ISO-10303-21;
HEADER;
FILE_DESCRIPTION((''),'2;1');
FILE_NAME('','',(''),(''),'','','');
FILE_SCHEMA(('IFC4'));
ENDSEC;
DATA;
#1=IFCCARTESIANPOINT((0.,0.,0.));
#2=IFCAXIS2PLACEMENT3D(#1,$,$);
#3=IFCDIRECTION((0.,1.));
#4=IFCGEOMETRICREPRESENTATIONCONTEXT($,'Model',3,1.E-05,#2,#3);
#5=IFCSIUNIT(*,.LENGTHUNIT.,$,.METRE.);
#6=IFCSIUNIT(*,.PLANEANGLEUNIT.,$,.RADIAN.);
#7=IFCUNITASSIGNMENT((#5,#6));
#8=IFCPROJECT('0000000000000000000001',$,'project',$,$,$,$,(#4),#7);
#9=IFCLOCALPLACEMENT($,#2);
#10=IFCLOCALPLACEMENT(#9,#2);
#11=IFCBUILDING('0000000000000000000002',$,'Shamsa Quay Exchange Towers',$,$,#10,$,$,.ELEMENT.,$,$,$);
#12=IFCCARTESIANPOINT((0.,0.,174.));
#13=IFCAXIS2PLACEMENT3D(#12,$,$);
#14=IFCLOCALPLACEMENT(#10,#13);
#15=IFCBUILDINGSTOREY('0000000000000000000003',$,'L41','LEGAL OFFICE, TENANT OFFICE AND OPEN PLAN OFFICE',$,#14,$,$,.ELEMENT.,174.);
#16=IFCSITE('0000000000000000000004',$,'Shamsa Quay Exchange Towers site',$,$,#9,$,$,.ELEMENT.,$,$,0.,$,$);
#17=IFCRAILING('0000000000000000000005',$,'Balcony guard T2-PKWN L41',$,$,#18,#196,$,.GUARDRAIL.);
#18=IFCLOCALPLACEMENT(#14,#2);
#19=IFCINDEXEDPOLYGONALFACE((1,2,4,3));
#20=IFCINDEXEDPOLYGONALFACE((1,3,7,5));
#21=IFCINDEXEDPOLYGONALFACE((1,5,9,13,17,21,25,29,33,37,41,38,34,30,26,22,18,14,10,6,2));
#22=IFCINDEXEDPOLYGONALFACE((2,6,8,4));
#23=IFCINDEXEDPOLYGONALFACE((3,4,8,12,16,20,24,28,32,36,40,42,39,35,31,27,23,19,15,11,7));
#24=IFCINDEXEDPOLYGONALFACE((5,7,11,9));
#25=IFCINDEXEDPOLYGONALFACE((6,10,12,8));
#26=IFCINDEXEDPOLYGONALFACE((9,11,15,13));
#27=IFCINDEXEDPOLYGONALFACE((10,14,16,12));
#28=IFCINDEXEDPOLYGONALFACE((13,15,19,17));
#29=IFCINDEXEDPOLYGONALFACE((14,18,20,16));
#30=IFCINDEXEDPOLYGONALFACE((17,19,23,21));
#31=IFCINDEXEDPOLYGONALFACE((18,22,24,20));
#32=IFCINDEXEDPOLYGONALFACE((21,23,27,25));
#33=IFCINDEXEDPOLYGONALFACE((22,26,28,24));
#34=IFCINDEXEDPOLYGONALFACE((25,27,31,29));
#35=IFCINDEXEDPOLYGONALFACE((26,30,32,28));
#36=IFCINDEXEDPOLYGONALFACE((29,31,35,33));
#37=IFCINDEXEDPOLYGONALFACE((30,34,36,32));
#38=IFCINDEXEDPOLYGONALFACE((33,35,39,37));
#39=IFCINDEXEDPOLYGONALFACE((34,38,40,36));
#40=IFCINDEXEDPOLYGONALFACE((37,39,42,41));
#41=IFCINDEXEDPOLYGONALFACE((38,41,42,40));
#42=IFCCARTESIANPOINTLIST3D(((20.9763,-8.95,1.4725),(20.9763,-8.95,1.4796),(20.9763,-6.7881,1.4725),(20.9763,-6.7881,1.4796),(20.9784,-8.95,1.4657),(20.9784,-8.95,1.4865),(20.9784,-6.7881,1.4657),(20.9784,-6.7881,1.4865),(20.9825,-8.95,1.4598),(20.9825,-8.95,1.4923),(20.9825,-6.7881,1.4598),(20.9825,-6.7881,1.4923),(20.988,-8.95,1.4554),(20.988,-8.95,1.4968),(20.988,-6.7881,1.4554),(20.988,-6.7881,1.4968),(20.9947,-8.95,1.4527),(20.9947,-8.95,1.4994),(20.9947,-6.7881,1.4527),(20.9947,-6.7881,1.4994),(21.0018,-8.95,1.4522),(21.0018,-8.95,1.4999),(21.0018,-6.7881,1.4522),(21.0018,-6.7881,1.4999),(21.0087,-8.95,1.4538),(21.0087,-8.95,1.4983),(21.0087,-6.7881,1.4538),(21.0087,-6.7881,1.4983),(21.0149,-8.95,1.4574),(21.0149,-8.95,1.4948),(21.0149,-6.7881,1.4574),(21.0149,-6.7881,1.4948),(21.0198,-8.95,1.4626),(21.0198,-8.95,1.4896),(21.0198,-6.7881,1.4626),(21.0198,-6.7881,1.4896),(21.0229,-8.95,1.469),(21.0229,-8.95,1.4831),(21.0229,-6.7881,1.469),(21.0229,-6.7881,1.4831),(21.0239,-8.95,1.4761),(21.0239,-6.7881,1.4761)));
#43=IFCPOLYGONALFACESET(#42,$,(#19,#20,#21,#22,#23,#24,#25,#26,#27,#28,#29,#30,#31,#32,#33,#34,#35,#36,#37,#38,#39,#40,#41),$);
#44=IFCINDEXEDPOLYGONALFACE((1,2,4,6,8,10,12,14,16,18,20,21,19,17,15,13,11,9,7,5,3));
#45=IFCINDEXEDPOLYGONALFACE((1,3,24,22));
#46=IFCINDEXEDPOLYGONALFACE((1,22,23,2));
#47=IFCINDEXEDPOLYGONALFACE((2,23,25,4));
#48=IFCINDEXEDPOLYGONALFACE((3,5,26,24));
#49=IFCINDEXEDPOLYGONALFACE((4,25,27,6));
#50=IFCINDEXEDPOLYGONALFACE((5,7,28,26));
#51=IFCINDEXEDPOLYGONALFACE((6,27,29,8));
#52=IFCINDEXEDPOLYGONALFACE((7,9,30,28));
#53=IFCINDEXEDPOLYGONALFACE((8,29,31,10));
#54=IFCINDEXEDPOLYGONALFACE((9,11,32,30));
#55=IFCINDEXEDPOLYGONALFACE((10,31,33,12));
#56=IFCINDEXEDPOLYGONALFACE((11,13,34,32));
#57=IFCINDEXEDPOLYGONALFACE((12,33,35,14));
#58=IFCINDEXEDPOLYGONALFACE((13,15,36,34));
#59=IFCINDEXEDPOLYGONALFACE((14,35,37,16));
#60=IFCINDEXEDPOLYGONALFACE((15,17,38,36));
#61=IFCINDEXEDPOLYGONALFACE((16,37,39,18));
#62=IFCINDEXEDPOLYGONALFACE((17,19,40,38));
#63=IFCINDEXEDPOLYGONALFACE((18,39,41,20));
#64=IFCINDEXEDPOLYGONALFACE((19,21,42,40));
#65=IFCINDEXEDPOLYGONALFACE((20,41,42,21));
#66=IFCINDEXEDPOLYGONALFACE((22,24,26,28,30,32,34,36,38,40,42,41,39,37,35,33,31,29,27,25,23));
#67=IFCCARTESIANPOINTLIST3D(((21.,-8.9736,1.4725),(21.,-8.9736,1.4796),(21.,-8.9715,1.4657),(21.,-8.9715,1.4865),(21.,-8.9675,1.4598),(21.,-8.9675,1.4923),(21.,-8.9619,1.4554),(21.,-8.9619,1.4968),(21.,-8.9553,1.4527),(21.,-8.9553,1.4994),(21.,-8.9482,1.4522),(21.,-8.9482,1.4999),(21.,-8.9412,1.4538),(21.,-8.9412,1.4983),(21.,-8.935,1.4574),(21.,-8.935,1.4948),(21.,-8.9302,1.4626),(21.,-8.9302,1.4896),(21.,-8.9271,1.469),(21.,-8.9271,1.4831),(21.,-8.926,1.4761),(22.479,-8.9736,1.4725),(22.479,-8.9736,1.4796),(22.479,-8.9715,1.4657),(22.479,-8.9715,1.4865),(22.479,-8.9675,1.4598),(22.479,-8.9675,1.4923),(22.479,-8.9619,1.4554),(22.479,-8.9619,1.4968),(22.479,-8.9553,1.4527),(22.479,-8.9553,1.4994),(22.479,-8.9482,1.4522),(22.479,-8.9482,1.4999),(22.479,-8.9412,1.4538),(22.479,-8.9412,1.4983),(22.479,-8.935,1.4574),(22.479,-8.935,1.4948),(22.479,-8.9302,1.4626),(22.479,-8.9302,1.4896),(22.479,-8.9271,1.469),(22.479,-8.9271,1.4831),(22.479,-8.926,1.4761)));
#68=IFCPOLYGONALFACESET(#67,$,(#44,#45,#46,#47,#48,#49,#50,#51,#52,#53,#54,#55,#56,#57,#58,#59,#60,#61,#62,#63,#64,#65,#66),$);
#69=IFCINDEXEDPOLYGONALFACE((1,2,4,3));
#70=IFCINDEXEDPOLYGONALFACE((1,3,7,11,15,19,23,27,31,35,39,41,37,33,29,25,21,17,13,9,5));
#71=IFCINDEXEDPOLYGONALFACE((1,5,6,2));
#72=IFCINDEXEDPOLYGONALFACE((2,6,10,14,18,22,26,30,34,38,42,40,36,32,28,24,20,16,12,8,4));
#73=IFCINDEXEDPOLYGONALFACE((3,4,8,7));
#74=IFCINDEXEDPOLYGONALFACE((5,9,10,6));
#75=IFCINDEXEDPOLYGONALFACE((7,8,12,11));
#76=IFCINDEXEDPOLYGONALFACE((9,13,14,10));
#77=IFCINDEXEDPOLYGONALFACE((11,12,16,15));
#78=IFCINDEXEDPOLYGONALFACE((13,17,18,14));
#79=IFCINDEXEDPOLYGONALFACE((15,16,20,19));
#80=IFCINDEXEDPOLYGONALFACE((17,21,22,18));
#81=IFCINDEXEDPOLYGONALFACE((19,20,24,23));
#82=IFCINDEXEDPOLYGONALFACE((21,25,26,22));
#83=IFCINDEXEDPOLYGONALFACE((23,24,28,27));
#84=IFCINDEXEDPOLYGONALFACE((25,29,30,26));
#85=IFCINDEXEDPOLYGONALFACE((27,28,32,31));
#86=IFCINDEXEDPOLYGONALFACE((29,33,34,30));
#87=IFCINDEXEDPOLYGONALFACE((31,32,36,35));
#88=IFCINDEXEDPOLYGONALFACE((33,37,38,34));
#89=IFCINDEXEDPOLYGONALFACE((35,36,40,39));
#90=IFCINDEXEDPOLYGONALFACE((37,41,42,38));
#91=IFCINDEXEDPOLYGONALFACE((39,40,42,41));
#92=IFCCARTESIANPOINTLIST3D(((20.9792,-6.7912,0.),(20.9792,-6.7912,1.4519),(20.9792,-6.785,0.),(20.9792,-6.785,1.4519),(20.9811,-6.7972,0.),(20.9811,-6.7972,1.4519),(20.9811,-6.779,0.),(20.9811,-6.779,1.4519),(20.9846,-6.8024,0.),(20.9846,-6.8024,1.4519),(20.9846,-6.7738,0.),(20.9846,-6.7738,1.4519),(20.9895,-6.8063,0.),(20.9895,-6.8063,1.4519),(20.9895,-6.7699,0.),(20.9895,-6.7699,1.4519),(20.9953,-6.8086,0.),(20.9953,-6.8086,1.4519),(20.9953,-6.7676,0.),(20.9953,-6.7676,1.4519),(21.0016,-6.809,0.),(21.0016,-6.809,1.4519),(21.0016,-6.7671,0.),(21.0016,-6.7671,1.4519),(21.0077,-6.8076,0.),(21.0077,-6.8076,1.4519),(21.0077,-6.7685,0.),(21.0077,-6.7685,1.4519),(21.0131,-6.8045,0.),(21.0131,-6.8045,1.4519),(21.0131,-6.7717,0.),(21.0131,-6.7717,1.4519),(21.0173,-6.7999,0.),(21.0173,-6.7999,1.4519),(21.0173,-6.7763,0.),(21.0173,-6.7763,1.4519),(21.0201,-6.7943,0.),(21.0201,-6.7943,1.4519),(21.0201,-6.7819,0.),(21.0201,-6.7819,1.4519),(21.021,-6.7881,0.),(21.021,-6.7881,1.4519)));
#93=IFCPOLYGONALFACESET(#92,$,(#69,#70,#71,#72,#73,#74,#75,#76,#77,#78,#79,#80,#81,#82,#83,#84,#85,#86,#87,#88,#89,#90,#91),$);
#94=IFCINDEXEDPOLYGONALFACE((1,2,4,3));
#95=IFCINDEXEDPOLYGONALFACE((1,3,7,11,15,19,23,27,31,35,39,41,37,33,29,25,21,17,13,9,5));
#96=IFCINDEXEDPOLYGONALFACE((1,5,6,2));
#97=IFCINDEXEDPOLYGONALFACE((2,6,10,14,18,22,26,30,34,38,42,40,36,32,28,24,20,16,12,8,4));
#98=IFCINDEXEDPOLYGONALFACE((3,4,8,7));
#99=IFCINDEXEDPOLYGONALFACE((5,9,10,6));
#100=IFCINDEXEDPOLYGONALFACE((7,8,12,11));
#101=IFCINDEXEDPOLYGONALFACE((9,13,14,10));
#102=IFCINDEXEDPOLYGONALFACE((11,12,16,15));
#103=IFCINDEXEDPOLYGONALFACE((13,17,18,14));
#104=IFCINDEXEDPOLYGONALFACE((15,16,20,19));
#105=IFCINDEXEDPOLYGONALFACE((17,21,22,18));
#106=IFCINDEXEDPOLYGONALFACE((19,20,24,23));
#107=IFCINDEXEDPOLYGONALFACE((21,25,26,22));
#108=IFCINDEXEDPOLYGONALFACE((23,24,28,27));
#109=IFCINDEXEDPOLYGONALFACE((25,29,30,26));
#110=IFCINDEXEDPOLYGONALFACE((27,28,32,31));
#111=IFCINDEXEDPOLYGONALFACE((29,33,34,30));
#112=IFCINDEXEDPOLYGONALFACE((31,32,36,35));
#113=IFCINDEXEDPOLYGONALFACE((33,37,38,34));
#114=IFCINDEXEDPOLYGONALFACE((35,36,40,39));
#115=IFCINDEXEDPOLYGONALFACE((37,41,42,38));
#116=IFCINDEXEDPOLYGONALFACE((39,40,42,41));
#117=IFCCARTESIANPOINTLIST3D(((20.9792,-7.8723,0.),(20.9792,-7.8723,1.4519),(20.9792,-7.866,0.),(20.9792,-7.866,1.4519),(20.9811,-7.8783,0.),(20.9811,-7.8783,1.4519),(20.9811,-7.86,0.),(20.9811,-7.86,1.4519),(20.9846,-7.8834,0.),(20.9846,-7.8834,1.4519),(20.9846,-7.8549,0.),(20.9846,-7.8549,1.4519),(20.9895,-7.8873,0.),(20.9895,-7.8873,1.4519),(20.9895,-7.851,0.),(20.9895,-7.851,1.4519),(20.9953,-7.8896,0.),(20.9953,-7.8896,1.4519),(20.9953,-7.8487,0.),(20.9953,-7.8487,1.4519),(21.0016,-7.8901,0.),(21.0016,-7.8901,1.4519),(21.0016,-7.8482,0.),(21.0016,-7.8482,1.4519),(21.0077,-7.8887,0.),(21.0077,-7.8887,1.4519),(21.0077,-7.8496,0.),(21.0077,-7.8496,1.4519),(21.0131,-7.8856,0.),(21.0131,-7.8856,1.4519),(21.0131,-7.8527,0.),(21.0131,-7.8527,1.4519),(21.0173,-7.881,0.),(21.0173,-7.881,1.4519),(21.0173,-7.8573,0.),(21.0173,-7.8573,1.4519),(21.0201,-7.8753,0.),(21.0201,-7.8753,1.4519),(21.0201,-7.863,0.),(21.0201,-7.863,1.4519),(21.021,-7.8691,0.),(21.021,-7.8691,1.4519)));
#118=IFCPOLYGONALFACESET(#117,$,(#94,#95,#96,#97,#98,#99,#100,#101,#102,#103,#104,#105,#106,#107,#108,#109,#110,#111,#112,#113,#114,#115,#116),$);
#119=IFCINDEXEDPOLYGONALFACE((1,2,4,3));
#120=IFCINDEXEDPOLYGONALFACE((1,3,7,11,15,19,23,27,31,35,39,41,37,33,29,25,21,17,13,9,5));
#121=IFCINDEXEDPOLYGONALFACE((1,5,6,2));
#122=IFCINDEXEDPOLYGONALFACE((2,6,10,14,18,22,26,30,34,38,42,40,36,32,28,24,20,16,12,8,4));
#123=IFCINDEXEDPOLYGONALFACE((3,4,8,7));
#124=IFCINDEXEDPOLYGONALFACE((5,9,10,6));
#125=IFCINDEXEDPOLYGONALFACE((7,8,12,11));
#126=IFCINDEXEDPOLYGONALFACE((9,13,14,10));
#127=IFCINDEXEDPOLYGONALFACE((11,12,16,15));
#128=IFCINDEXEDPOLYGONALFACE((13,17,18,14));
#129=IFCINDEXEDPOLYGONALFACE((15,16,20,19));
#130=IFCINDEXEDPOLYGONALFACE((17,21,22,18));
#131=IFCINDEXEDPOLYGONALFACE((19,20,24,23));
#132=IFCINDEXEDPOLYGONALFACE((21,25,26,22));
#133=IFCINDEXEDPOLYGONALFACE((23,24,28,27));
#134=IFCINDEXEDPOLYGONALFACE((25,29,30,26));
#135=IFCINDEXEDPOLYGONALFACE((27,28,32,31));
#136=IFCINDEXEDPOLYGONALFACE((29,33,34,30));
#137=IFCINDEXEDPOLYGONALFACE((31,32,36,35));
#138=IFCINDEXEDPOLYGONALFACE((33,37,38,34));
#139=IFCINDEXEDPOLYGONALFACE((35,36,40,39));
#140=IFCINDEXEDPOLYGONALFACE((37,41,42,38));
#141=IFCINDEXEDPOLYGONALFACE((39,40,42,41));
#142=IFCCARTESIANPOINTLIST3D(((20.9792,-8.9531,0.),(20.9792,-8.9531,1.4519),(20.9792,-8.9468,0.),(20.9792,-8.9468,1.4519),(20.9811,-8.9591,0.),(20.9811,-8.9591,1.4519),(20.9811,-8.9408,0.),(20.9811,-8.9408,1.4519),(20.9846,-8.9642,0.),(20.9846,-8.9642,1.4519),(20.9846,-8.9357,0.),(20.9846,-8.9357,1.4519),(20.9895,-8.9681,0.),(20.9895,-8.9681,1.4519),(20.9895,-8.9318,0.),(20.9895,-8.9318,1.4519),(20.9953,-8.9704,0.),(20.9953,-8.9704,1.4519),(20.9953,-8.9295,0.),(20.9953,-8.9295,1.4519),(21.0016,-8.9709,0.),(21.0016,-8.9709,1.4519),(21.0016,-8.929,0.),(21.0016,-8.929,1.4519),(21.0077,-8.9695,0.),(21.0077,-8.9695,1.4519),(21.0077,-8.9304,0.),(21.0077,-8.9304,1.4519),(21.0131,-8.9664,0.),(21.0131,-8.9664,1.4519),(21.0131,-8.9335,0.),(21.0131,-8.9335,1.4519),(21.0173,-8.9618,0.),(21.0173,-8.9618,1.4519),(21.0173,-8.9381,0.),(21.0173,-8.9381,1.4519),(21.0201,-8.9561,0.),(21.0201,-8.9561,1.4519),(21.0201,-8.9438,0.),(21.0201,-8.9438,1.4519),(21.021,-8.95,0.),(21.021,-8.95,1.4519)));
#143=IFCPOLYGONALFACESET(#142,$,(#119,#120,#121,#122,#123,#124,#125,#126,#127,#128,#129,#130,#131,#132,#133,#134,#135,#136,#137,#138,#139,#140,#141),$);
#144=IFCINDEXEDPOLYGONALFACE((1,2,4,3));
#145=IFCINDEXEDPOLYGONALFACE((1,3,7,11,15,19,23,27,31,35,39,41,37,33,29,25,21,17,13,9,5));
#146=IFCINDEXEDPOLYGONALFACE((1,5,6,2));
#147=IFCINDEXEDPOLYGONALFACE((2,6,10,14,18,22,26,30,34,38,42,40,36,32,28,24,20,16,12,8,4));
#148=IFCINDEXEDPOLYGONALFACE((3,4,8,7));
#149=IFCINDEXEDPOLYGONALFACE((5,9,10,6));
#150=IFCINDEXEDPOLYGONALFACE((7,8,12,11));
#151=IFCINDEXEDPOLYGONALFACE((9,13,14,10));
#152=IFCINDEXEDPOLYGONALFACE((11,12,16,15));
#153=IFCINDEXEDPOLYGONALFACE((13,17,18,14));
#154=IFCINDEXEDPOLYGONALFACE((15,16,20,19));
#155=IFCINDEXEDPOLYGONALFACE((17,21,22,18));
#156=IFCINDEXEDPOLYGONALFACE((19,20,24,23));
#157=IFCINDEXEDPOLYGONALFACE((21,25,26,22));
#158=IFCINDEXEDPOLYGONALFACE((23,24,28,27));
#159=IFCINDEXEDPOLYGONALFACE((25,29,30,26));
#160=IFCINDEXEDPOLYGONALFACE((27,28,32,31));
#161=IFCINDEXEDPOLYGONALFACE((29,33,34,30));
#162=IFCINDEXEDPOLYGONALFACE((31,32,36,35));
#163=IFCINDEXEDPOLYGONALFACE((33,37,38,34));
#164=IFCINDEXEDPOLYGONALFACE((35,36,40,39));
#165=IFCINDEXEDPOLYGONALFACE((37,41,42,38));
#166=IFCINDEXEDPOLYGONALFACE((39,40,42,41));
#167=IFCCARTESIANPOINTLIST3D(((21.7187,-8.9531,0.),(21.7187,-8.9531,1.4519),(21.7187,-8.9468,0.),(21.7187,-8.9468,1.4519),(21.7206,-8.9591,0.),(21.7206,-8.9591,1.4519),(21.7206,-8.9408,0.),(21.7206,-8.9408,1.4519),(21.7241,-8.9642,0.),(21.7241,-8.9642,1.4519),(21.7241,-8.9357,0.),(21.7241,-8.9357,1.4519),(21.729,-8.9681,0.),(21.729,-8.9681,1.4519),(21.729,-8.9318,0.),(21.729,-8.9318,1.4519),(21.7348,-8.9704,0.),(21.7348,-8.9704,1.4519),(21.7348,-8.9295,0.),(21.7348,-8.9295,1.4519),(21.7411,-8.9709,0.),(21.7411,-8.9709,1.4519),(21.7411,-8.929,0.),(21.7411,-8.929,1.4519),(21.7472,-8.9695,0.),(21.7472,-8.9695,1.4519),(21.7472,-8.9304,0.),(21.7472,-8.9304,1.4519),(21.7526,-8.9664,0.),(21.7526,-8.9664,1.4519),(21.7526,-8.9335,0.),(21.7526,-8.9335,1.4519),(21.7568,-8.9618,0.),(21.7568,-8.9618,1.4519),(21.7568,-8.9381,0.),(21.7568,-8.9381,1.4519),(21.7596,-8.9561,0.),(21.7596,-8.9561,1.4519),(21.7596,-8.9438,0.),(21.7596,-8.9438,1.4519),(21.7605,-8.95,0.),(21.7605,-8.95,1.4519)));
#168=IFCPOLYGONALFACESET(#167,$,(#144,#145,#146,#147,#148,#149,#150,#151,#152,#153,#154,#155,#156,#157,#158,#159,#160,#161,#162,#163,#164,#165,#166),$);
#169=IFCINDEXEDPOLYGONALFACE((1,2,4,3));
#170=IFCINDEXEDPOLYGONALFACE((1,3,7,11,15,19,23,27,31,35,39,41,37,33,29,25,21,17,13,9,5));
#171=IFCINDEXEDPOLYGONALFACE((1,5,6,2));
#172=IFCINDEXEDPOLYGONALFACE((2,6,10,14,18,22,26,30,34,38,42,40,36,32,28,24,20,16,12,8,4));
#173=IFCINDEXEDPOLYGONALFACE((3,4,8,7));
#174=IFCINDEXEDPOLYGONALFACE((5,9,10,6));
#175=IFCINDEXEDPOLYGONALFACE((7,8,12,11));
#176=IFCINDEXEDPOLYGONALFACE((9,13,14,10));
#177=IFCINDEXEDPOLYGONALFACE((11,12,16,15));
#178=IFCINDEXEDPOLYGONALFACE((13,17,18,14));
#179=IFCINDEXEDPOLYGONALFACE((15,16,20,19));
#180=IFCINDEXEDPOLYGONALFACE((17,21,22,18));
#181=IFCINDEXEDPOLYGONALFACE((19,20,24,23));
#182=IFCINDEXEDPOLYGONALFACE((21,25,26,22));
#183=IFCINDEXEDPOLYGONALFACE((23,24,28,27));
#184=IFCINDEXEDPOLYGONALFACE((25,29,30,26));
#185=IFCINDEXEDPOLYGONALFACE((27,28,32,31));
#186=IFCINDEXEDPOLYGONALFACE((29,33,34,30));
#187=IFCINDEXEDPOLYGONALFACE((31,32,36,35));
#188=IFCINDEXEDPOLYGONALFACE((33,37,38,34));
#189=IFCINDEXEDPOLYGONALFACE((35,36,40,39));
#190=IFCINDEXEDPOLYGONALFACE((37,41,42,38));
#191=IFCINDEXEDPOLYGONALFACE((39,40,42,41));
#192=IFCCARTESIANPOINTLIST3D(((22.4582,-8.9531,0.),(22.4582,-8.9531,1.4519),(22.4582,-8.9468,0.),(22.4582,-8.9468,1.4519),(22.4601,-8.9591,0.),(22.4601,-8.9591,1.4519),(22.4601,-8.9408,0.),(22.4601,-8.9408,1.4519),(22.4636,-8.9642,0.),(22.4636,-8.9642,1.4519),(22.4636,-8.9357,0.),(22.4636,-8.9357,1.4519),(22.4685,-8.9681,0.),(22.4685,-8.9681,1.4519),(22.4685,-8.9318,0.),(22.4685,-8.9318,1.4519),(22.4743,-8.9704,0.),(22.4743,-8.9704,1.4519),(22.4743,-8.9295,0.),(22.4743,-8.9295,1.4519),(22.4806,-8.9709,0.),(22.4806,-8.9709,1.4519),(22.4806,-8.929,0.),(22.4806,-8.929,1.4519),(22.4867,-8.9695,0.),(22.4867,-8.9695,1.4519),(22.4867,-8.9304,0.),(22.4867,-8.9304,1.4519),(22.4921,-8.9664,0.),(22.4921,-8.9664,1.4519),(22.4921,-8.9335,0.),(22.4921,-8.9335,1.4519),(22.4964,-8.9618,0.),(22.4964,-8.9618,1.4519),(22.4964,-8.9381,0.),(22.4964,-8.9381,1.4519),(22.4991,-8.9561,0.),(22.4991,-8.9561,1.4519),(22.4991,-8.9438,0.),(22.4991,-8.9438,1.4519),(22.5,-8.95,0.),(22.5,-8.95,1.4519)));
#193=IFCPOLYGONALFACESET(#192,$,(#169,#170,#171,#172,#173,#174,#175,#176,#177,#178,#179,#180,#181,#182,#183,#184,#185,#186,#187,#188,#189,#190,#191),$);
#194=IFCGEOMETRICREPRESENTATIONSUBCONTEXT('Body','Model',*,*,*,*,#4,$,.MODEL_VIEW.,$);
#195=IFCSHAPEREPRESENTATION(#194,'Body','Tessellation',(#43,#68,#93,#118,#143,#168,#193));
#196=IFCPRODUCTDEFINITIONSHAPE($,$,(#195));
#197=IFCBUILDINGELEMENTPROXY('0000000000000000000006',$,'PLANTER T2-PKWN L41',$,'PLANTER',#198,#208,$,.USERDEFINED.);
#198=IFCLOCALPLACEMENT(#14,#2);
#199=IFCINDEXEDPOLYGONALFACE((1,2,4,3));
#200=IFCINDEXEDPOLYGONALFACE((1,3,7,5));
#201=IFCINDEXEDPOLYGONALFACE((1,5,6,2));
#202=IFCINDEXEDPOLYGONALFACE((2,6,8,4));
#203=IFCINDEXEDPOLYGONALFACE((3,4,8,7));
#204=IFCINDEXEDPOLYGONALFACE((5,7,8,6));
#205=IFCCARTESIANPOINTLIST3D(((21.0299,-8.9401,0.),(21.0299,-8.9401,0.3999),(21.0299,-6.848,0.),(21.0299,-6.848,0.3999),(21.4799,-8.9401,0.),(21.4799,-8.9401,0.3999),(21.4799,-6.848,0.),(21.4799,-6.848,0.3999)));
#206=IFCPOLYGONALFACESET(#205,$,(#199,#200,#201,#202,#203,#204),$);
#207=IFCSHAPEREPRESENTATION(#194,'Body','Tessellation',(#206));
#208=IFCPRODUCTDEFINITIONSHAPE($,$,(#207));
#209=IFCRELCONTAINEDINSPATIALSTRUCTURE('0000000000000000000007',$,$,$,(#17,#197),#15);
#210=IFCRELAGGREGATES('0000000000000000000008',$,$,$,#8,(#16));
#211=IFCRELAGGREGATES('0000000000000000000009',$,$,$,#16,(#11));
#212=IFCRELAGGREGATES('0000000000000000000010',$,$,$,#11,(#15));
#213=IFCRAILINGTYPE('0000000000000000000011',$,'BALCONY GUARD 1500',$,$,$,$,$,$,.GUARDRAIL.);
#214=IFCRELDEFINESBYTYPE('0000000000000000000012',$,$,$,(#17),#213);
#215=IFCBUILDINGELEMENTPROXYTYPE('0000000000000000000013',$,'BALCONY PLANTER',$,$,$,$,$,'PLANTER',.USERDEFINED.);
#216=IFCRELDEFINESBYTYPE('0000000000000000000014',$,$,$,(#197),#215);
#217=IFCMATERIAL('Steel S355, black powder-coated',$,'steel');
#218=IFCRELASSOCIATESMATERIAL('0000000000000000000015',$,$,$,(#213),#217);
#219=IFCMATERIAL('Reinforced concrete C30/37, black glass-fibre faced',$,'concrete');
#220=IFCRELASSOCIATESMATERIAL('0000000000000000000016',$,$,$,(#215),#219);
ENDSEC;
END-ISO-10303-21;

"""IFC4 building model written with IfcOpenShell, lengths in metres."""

from ifc_helpers import new_model, si_unit, direction, frame, origin, origin_2d, place, context, subcontext, project, spatial, rectangle, circle, extrude, material, type_object, element, save


model = new_model("IFC4")

# Units and contexts
model_context = context("Model", 3, precision=1e-05, world=origin(), true_north=direction((0.0, 1.0)))
body_context = subcontext(model_context, "Body", "Model", "MODEL_VIEW")
ifc_project = project(units=[si_unit("LENGTHUNIT", "METRE"), si_unit("PLANEANGLEUNIT", "RADIAN")], contexts=[model_context])

# Site, building, storey
site_placement = place(None, origin())
site = spatial("IfcSite", under=ifc_project, at=site_placement, Name="Shamsa Quay Exchange Towers site", CompositionType="ELEMENT", RefElevation=0.0)
building_placement = place(site_placement, origin())
building = spatial("IfcBuilding", under=site, at=building_placement, Name="Shamsa Quay Exchange Towers", CompositionType="ELEMENT")
storey_placement = place(building_placement, frame((0.0, 0.0, 174.0)))
storey = spatial("IfcBuildingStorey", under=building, at=storey_placement, Name="L41", Description="LEGAL OFFICE, TENANT OFFICE AND OPEN PLAN OFFICE", CompositionType="ELEMENT", Elevation=174.0)

# Railing
ifc_material_1 = material(Name="Steel S355, black powder-coated", Category="steel")
railing_type_1 = type_object("IfcRailingType", Name="BALCONY GUARD 1500", PredefinedType="GUARDRAIL", material=ifc_material_1)
railing_1_placement = place(storey_placement, frame((21.0, -6.7881, 0.0)))
element("IfcRailing", 1, at=railing_1_placement, inside=storey, type_object=railing_type_1, Name="Balcony guard T2-PKWN L41", PredefinedType="GUARDRAIL", context=body_context, shape_type="SweptSolid", body=[
    extrude(circle(Radius=0.0239, at=origin_2d()), frame((0.0, 0.0, 1.4761), z_axis=(0.0, -1.0, 0.0), x_axis=(1.0, 0.0, 0.0)), (0.0, 0.0, 1.0), 2.1619),
    extrude(circle(Radius=0.0239, at=origin_2d()), frame((0.0, -2.1619, 1.4761), z_axis=(1.0, 0.0, 0.0), x_axis=(0.0, 1.0, 0.0)), (0.0, 0.0, 1.0), 1.479),
    extrude(circle(Radius=0.021, at=origin_2d()), origin(), (0.0, 0.0, 1.0), 1.4519),
    extrude(circle(Radius=0.021, at=origin_2d()), frame((0.0, -1.0811, 0.0)), (0.0, 0.0, 1.0), 1.4519),
    extrude(circle(Radius=0.021, at=origin_2d()), frame((0.0, -2.1619, 0.0)), (0.0, 0.0, 1.0), 1.4519),
    extrude(circle(Radius=0.021, at=origin_2d()), frame((0.7395, -2.1619, 0.0)), (0.0, 0.0, 1.0), 1.4519),
    extrude(circle(Radius=0.021, at=origin_2d()), frame((1.479, -2.1619, 0.0)), (0.0, 0.0, 1.0), 1.4519),
])

# Building element proxy
ifc_material_2 = material(Name="Reinforced concrete C30/37, black glass-fibre faced", Category="concrete")
building_element_proxy_type = type_object("IfcBuildingElementProxyType", Name="BALCONY PLANTER", ElementType="PLANTER", PredefinedType="USERDEFINED", material=ifc_material_2)
proxy_placement = place(storey_placement, frame((21.2549, -7.894, 0.0), z_axis=(0.0, 0.0, 1.0), x_axis=(0.0, -1.0, 0.0)))
element("IfcBuildingElementProxy", 2, at=proxy_placement, inside=storey, type_object=building_element_proxy_type, Name="PLANTER T2-PKWN L41", ObjectType="PLANTER", PredefinedType="USERDEFINED", context=body_context, shape_type="SweptSolid", body=[
    extrude(rectangle(XDim=2.092, YDim=0.45, at=origin_2d()), origin(), (0.0, 0.0, 1.0), 0.3999),
])

save(model, "model.ifc")
